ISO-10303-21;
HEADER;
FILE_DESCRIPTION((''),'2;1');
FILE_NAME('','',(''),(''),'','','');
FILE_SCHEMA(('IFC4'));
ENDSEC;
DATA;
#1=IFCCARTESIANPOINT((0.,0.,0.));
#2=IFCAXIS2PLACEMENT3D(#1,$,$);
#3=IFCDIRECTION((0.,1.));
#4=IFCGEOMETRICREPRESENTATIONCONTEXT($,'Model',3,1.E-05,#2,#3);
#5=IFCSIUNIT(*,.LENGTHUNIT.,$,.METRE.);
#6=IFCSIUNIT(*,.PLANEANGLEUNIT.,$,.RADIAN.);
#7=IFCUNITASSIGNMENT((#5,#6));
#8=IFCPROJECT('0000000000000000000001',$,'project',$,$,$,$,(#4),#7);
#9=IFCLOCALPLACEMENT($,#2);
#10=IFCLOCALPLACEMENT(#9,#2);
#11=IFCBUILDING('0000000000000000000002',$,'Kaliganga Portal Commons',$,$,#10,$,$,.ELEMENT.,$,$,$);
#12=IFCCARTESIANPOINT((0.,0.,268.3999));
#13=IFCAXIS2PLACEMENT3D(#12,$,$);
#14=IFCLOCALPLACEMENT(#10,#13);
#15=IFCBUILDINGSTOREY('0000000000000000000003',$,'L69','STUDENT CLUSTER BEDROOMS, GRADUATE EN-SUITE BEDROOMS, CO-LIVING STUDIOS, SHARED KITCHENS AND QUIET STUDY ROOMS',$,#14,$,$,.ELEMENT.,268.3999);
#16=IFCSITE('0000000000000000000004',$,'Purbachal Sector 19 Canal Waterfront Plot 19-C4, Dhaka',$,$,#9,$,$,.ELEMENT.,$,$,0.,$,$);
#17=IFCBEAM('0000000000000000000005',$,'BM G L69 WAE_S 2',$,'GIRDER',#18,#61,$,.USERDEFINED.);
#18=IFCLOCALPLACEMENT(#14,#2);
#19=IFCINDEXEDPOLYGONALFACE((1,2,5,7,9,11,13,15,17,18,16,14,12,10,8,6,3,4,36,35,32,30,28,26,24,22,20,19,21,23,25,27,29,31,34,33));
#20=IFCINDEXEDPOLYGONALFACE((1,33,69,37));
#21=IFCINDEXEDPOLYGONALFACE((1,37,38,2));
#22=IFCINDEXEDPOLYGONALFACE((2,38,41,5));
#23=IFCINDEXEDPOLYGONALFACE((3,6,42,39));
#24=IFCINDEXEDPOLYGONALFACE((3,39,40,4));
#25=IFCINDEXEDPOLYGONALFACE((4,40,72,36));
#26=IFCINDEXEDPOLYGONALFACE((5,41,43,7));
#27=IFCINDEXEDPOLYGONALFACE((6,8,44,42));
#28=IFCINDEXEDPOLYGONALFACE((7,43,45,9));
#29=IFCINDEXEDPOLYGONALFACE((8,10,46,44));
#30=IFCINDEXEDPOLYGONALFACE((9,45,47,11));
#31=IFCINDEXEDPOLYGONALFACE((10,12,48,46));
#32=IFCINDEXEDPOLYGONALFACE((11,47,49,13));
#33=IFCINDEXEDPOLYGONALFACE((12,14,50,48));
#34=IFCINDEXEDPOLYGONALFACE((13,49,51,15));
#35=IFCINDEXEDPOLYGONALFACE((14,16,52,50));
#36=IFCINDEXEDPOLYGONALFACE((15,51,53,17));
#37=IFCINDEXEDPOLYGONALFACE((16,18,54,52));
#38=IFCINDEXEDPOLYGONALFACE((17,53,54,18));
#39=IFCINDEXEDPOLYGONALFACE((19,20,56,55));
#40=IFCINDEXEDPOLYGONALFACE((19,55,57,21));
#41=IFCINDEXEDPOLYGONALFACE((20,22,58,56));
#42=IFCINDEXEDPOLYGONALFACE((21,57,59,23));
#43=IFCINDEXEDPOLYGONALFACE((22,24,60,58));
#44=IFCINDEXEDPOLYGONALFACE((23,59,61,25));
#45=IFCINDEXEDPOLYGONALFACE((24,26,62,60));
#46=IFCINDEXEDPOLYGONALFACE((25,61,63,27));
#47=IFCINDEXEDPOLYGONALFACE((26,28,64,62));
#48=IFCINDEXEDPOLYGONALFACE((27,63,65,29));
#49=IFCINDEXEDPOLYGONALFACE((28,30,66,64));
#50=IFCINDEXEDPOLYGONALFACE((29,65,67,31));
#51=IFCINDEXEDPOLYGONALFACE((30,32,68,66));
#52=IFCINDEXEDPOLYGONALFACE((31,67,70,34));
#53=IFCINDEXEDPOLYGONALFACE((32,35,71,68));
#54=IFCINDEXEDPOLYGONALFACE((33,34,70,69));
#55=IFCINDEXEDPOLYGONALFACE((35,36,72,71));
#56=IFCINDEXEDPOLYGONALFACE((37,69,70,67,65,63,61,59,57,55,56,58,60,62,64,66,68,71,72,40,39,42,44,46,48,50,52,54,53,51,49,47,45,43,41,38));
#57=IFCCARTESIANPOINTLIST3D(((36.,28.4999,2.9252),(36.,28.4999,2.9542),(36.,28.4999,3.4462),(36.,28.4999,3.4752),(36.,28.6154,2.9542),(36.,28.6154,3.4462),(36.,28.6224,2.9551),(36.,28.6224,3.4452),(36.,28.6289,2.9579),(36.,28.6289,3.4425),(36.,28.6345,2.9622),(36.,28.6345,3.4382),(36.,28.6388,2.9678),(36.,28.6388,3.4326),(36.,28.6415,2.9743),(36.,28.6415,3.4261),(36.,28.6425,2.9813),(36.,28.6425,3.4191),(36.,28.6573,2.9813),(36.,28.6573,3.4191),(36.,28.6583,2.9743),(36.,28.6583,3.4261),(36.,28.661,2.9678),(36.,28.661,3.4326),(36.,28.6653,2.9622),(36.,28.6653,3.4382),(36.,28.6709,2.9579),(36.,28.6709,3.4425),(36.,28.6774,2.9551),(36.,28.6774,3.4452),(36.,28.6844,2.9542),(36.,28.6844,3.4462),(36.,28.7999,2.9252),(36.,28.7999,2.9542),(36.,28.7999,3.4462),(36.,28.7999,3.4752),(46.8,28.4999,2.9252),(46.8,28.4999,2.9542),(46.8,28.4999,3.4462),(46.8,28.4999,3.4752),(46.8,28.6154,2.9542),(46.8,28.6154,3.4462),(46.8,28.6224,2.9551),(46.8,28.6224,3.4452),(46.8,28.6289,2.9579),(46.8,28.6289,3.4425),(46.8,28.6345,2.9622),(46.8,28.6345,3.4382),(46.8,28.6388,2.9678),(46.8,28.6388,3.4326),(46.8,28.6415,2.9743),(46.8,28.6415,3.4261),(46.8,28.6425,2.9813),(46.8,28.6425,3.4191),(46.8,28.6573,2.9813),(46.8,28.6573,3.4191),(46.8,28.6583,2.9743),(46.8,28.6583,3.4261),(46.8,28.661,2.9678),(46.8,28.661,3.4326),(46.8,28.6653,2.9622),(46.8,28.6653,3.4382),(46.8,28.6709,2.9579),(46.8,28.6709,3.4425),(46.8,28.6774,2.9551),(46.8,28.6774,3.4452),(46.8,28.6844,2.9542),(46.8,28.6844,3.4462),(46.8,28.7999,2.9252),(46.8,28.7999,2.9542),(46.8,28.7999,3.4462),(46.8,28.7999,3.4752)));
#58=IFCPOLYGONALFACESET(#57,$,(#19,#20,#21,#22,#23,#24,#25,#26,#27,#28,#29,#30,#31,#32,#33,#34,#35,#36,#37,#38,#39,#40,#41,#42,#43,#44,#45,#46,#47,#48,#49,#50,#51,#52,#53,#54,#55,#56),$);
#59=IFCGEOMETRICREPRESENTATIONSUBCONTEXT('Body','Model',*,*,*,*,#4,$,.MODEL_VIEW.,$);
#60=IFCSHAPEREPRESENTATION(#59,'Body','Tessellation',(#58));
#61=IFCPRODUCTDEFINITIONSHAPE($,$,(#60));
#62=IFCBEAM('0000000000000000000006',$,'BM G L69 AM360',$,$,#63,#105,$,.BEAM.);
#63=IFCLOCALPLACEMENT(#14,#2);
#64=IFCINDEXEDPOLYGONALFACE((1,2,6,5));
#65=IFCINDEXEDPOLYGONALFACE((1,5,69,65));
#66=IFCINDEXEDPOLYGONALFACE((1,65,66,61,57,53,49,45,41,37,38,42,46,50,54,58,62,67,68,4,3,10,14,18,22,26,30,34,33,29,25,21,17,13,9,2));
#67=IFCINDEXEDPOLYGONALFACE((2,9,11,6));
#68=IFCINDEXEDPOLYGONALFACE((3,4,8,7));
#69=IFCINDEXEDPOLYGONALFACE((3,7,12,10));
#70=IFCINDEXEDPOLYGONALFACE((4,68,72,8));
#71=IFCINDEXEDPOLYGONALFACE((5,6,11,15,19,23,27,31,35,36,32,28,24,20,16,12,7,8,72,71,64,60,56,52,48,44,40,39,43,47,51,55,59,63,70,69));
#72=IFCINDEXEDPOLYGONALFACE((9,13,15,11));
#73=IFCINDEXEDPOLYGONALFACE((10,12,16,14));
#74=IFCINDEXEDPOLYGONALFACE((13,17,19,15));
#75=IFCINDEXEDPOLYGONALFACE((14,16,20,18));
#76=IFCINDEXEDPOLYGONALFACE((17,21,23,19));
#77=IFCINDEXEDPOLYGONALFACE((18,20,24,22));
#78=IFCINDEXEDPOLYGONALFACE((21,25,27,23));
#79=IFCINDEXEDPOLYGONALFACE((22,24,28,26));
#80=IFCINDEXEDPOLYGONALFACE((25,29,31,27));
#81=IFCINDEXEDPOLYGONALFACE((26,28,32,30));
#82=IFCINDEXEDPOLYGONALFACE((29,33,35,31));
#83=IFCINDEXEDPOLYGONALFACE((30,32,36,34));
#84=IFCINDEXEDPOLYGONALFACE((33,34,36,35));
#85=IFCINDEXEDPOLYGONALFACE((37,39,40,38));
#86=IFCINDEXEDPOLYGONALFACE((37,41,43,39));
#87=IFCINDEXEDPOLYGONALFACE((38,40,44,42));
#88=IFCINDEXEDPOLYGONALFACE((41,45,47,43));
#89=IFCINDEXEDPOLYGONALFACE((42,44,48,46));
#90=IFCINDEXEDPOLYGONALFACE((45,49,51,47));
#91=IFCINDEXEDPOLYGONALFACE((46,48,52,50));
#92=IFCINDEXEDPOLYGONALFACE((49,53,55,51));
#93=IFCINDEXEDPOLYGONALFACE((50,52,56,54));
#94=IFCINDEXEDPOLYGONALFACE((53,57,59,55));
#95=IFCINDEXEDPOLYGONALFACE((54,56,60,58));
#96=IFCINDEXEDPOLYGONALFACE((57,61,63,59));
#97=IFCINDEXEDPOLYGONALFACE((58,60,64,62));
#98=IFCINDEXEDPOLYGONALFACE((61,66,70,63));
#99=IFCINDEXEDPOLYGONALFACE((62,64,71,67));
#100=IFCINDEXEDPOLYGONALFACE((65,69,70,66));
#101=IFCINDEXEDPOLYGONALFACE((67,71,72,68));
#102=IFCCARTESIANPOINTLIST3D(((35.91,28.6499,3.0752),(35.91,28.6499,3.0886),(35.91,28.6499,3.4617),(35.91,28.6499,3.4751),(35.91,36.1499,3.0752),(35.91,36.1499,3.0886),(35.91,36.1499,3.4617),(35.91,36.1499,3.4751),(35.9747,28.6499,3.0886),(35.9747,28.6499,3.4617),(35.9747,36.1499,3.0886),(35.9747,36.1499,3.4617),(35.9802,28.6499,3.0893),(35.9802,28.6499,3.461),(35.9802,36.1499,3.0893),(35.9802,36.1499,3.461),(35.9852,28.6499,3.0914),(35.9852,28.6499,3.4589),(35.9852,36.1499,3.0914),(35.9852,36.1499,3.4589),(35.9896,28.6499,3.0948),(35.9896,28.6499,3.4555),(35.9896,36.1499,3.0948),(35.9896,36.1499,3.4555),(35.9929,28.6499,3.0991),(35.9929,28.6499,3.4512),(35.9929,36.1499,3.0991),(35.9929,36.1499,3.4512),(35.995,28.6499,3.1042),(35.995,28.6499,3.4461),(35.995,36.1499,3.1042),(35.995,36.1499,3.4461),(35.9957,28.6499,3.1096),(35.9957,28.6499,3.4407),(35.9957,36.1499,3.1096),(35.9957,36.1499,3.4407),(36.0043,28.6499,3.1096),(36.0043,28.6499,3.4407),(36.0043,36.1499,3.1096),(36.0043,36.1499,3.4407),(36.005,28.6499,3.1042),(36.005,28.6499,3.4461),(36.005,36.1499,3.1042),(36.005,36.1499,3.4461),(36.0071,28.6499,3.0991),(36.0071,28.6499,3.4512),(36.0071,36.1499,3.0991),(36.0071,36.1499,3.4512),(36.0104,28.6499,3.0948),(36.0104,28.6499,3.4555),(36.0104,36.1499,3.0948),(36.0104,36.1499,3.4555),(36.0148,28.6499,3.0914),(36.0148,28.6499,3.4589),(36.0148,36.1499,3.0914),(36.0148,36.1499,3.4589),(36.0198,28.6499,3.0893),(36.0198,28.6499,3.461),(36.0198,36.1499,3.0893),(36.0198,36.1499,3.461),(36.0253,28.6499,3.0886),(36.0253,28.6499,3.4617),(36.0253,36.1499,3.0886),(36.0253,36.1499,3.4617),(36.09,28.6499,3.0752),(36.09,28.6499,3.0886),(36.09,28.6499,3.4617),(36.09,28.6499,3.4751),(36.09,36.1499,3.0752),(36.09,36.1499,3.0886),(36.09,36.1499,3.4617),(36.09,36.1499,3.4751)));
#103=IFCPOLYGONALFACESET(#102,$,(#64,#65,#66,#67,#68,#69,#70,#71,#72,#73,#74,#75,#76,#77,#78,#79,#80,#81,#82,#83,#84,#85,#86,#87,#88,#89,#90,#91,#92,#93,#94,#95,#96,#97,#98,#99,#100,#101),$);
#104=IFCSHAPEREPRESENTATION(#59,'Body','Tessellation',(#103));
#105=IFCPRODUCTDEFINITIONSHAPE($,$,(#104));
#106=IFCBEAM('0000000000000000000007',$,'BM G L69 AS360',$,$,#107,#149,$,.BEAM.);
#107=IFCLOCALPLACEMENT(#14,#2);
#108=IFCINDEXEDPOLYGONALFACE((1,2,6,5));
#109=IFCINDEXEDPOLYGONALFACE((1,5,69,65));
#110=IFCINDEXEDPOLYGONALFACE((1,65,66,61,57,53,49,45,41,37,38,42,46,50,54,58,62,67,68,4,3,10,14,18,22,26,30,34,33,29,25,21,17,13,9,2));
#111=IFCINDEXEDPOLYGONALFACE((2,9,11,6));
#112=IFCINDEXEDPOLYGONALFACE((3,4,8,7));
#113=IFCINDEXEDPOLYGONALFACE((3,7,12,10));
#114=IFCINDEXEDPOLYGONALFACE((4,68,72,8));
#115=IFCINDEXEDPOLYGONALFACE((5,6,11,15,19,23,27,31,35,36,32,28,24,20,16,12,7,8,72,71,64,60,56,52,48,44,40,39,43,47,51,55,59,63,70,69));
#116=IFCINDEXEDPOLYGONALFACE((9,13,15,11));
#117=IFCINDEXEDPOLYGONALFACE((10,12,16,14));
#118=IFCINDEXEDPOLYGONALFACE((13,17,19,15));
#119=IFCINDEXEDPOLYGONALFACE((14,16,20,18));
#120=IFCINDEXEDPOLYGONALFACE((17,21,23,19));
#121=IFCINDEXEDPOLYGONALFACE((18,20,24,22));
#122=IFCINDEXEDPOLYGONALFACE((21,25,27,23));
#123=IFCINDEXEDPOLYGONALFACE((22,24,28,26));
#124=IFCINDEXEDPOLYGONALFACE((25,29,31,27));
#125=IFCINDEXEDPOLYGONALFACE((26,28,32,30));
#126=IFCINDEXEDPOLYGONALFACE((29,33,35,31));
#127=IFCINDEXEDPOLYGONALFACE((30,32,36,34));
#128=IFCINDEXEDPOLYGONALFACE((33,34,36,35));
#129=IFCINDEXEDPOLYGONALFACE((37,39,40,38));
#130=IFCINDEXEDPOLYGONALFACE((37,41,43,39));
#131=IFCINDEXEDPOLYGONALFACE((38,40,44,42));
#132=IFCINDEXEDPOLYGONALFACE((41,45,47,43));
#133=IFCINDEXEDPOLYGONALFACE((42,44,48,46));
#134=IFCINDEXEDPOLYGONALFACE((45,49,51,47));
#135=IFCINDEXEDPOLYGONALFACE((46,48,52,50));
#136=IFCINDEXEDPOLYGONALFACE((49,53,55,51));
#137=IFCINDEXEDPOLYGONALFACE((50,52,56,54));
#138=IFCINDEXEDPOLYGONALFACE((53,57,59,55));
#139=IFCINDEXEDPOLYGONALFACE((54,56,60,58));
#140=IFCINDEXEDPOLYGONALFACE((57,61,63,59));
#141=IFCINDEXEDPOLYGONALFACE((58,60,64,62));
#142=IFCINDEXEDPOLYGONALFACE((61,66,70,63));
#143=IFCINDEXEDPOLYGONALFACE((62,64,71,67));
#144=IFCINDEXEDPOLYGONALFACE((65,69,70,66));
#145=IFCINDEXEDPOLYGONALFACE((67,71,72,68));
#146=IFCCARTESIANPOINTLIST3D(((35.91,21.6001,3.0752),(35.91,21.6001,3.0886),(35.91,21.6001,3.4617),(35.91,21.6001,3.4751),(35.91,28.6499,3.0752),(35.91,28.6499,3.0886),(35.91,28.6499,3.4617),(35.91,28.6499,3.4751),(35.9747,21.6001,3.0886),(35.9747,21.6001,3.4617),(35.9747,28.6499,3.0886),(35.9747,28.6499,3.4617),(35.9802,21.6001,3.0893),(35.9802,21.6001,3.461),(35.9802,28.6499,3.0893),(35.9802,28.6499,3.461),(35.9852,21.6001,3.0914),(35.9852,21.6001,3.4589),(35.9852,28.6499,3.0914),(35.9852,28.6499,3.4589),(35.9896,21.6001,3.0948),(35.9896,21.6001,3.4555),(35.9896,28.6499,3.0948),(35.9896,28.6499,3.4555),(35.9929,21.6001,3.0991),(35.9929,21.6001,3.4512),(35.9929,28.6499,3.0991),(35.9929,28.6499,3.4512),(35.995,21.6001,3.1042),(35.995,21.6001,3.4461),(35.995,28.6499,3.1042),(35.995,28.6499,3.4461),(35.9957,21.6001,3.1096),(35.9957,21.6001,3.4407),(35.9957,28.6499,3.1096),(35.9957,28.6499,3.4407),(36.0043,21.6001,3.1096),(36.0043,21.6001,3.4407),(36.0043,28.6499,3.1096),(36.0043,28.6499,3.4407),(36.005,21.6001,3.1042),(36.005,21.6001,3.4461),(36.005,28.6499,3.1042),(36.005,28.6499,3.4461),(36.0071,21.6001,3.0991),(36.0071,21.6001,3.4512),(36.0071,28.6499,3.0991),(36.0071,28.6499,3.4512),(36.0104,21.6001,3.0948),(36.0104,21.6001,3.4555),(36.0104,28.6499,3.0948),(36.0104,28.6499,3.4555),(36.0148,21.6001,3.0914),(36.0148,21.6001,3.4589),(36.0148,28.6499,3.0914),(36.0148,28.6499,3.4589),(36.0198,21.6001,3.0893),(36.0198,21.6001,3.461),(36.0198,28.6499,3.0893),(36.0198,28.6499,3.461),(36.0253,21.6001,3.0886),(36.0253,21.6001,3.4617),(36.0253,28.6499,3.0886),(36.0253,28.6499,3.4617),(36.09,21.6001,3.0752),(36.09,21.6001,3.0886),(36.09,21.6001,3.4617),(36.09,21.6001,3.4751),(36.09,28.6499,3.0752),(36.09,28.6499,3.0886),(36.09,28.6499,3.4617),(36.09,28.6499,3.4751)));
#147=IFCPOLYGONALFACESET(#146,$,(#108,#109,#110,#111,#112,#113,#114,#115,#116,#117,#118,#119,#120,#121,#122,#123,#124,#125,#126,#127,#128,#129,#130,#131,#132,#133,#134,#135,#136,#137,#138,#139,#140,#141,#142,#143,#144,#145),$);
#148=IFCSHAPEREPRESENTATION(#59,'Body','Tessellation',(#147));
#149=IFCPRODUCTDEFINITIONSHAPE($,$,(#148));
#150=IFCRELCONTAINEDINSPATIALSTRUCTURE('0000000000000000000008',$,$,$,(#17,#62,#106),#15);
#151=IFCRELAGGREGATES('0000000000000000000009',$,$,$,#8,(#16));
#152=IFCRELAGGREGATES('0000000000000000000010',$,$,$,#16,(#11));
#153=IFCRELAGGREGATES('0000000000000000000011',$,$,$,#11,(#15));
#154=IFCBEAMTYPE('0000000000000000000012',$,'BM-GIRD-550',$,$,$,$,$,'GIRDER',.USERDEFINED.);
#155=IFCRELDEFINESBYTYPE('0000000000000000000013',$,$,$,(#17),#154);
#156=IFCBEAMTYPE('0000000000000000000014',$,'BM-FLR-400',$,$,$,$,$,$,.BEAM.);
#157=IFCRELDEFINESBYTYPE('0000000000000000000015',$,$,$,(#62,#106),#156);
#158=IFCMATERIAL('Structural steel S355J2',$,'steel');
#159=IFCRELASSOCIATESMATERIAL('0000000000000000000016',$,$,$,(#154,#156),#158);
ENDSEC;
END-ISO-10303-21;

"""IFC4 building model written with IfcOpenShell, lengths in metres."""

from ifc_helpers import new_model, si_unit, direction, frame, origin, origin_2d, place, context, subcontext, project, spatial, i_section, extrude, source, transform, mapped, material, material_profile, profile_set, type_object, element, save


model = new_model("IFC4")

# Units and contexts
model_context = context("Model", 3, precision=1e-05, world=origin(), true_north=direction((0.0, 1.0)))
body_context = subcontext(model_context, "Body", "Model", "MODEL_VIEW")
ifc_project = project(units=[si_unit("LENGTHUNIT", "METRE"), si_unit("PLANEANGLEUNIT", "RADIAN")], contexts=[model_context])

# Site, building, storey
site_placement = place(None, origin())
site = spatial("IfcSite", under=ifc_project, at=site_placement, Name="Purbachal Sector 19 Canal Waterfront Plot 19-C4, Dhaka", CompositionType="ELEMENT", RefElevation=0.0)
building_placement = place(site_placement, origin())
building = spatial("IfcBuilding", under=site, at=building_placement, Name="Kaliganga Portal Commons", CompositionType="ELEMENT")
storey_placement = place(building_placement, frame((0.0, 0.0, 268.3999)))
storey = spatial("IfcBuildingStorey", under=building, at=storey_placement, Name="L69", Description="STUDENT CLUSTER BEDROOMS, GRADUATE EN-SUITE BEDROOMS, CO-LIVING STUDIOS, SHARED KITCHENS AND QUIET STUDY ROOMS", CompositionType="ELEMENT", Elevation=268.3999)

# Shared definitions
ifc_material_1 = material(Name="Structural steel S355J2", Category="steel")

# Beams
ifc_material_profile_1 = material_profile(ifc_material_1, i_section(OverallWidth=0.3, OverallDepth=0.55, WebThickness=0.0149, FlangeThickness=0.0291, FilletRadius=0.0271, at=origin_2d()), Name="HE 550 B")
ifc_profile_set_1 = profile_set([ifc_material_profile_1], Name="Structural steel S355J2 wide-flange")
beam_type_1 = type_object("IfcBeamType", Name="BM-GIRD-550", ElementType="GIRDER", PredefinedType="USERDEFINED", material=ifc_profile_set_1)
shared_shape_1 = source(origin(), body_context, "Body", "SweptSolid", [
    extrude(i_section(OverallWidth=0.3, OverallDepth=0.55, WebThickness=0.0149, FlangeThickness=0.0291, FilletRadius=0.0271, at=origin_2d()), origin(), (0.0, 0.0, 1.0), 10.8),
])
beam_1_placement = place(storey_placement, frame((36.0, 28.6499, 3.2002), z_axis=(1.0, 0.0, 0.0), x_axis=(0.0, 1.0, 0.0)))
element("IfcBeam", 1, at=beam_1_placement, inside=storey, type_object=beam_type_1, Name="BM G L69 WAE_S 2", ObjectType="GIRDER", PredefinedType="USERDEFINED", context=body_context, shape_type="MappedRepresentation", body=[
    mapped(shared_shape_1, transform((0.0, 0.0, 0.0), x_axis=(1.0, 0.0, 0.0), y_axis=(0.0, 1.0, 0.0), z_axis=(0.0, 0.0, 1.0), scale=1.0)),
])
ifc_material_profile_2 = material_profile(ifc_material_1, i_section(OverallWidth=0.1799, OverallDepth=0.3999, WebThickness=0.0085, FlangeThickness=0.0134, FilletRadius=0.021, at=origin_2d()), Name="IPE 400")
ifc_profile_set_2 = profile_set([ifc_material_profile_2], Name="Structural steel S355J2 wide-flange")
beam_type_2 = type_object("IfcBeamType", Name="BM-FLR-400", PredefinedType="BEAM", material=ifc_profile_set_2)
shared_shape_2 = source(origin(), body_context, "Body", "SweptSolid", [
    extrude(i_section(OverallWidth=0.1799, OverallDepth=0.3999, WebThickness=0.0085, FlangeThickness=0.0134, FilletRadius=0.021, at=origin_2d()), origin(), (0.0, 0.0, 1.0), 7.5),
])
beam_2_placement = place(storey_placement, frame((36.0, 28.6499, 3.2751), z_axis=(0.0, 1.0, 0.0), x_axis=(-1.0, 0.0, 0.0)))
element("IfcBeam", 2, at=beam_2_placement, inside=storey, type_object=beam_type_2, Name="BM G L69 AM360", PredefinedType="BEAM", context=body_context, shape_type="MappedRepresentation", body=[
    mapped(shared_shape_2, transform((0.0, 0.0, 0.0), x_axis=(1.0, 0.0, 0.0), y_axis=(0.0, 1.0, 0.0), z_axis=(0.0, 0.0, 1.0), scale=1.0)),
])
shared_shape_3 = source(origin(), body_context, "Body", "SweptSolid", [
    extrude(i_section(OverallWidth=0.1799, OverallDepth=0.3999, WebThickness=0.0085, FlangeThickness=0.0134, FilletRadius=0.021, at=origin_2d()), origin(), (0.0, 0.0, 1.0), 7.0498),
])
beam_3_placement = place(storey_placement, frame((36.0, 21.6001, 3.2751), z_axis=(0.0, 1.0, 0.0), x_axis=(-1.0, 0.0, 0.0)))
element("IfcBeam", 3, at=beam_3_placement, inside=storey, type_object=beam_type_2, Name="BM G L69 AS360", PredefinedType="BEAM", context=body_context, shape_type="MappedRepresentation", body=[
    mapped(shared_shape_3, transform((0.0, 0.0, 0.0), x_axis=(1.0, 0.0, 0.0), y_axis=(0.0, 1.0, 0.0), z_axis=(0.0, 0.0, 1.0), scale=1.0)),
])

save(model, "model.ifc")
